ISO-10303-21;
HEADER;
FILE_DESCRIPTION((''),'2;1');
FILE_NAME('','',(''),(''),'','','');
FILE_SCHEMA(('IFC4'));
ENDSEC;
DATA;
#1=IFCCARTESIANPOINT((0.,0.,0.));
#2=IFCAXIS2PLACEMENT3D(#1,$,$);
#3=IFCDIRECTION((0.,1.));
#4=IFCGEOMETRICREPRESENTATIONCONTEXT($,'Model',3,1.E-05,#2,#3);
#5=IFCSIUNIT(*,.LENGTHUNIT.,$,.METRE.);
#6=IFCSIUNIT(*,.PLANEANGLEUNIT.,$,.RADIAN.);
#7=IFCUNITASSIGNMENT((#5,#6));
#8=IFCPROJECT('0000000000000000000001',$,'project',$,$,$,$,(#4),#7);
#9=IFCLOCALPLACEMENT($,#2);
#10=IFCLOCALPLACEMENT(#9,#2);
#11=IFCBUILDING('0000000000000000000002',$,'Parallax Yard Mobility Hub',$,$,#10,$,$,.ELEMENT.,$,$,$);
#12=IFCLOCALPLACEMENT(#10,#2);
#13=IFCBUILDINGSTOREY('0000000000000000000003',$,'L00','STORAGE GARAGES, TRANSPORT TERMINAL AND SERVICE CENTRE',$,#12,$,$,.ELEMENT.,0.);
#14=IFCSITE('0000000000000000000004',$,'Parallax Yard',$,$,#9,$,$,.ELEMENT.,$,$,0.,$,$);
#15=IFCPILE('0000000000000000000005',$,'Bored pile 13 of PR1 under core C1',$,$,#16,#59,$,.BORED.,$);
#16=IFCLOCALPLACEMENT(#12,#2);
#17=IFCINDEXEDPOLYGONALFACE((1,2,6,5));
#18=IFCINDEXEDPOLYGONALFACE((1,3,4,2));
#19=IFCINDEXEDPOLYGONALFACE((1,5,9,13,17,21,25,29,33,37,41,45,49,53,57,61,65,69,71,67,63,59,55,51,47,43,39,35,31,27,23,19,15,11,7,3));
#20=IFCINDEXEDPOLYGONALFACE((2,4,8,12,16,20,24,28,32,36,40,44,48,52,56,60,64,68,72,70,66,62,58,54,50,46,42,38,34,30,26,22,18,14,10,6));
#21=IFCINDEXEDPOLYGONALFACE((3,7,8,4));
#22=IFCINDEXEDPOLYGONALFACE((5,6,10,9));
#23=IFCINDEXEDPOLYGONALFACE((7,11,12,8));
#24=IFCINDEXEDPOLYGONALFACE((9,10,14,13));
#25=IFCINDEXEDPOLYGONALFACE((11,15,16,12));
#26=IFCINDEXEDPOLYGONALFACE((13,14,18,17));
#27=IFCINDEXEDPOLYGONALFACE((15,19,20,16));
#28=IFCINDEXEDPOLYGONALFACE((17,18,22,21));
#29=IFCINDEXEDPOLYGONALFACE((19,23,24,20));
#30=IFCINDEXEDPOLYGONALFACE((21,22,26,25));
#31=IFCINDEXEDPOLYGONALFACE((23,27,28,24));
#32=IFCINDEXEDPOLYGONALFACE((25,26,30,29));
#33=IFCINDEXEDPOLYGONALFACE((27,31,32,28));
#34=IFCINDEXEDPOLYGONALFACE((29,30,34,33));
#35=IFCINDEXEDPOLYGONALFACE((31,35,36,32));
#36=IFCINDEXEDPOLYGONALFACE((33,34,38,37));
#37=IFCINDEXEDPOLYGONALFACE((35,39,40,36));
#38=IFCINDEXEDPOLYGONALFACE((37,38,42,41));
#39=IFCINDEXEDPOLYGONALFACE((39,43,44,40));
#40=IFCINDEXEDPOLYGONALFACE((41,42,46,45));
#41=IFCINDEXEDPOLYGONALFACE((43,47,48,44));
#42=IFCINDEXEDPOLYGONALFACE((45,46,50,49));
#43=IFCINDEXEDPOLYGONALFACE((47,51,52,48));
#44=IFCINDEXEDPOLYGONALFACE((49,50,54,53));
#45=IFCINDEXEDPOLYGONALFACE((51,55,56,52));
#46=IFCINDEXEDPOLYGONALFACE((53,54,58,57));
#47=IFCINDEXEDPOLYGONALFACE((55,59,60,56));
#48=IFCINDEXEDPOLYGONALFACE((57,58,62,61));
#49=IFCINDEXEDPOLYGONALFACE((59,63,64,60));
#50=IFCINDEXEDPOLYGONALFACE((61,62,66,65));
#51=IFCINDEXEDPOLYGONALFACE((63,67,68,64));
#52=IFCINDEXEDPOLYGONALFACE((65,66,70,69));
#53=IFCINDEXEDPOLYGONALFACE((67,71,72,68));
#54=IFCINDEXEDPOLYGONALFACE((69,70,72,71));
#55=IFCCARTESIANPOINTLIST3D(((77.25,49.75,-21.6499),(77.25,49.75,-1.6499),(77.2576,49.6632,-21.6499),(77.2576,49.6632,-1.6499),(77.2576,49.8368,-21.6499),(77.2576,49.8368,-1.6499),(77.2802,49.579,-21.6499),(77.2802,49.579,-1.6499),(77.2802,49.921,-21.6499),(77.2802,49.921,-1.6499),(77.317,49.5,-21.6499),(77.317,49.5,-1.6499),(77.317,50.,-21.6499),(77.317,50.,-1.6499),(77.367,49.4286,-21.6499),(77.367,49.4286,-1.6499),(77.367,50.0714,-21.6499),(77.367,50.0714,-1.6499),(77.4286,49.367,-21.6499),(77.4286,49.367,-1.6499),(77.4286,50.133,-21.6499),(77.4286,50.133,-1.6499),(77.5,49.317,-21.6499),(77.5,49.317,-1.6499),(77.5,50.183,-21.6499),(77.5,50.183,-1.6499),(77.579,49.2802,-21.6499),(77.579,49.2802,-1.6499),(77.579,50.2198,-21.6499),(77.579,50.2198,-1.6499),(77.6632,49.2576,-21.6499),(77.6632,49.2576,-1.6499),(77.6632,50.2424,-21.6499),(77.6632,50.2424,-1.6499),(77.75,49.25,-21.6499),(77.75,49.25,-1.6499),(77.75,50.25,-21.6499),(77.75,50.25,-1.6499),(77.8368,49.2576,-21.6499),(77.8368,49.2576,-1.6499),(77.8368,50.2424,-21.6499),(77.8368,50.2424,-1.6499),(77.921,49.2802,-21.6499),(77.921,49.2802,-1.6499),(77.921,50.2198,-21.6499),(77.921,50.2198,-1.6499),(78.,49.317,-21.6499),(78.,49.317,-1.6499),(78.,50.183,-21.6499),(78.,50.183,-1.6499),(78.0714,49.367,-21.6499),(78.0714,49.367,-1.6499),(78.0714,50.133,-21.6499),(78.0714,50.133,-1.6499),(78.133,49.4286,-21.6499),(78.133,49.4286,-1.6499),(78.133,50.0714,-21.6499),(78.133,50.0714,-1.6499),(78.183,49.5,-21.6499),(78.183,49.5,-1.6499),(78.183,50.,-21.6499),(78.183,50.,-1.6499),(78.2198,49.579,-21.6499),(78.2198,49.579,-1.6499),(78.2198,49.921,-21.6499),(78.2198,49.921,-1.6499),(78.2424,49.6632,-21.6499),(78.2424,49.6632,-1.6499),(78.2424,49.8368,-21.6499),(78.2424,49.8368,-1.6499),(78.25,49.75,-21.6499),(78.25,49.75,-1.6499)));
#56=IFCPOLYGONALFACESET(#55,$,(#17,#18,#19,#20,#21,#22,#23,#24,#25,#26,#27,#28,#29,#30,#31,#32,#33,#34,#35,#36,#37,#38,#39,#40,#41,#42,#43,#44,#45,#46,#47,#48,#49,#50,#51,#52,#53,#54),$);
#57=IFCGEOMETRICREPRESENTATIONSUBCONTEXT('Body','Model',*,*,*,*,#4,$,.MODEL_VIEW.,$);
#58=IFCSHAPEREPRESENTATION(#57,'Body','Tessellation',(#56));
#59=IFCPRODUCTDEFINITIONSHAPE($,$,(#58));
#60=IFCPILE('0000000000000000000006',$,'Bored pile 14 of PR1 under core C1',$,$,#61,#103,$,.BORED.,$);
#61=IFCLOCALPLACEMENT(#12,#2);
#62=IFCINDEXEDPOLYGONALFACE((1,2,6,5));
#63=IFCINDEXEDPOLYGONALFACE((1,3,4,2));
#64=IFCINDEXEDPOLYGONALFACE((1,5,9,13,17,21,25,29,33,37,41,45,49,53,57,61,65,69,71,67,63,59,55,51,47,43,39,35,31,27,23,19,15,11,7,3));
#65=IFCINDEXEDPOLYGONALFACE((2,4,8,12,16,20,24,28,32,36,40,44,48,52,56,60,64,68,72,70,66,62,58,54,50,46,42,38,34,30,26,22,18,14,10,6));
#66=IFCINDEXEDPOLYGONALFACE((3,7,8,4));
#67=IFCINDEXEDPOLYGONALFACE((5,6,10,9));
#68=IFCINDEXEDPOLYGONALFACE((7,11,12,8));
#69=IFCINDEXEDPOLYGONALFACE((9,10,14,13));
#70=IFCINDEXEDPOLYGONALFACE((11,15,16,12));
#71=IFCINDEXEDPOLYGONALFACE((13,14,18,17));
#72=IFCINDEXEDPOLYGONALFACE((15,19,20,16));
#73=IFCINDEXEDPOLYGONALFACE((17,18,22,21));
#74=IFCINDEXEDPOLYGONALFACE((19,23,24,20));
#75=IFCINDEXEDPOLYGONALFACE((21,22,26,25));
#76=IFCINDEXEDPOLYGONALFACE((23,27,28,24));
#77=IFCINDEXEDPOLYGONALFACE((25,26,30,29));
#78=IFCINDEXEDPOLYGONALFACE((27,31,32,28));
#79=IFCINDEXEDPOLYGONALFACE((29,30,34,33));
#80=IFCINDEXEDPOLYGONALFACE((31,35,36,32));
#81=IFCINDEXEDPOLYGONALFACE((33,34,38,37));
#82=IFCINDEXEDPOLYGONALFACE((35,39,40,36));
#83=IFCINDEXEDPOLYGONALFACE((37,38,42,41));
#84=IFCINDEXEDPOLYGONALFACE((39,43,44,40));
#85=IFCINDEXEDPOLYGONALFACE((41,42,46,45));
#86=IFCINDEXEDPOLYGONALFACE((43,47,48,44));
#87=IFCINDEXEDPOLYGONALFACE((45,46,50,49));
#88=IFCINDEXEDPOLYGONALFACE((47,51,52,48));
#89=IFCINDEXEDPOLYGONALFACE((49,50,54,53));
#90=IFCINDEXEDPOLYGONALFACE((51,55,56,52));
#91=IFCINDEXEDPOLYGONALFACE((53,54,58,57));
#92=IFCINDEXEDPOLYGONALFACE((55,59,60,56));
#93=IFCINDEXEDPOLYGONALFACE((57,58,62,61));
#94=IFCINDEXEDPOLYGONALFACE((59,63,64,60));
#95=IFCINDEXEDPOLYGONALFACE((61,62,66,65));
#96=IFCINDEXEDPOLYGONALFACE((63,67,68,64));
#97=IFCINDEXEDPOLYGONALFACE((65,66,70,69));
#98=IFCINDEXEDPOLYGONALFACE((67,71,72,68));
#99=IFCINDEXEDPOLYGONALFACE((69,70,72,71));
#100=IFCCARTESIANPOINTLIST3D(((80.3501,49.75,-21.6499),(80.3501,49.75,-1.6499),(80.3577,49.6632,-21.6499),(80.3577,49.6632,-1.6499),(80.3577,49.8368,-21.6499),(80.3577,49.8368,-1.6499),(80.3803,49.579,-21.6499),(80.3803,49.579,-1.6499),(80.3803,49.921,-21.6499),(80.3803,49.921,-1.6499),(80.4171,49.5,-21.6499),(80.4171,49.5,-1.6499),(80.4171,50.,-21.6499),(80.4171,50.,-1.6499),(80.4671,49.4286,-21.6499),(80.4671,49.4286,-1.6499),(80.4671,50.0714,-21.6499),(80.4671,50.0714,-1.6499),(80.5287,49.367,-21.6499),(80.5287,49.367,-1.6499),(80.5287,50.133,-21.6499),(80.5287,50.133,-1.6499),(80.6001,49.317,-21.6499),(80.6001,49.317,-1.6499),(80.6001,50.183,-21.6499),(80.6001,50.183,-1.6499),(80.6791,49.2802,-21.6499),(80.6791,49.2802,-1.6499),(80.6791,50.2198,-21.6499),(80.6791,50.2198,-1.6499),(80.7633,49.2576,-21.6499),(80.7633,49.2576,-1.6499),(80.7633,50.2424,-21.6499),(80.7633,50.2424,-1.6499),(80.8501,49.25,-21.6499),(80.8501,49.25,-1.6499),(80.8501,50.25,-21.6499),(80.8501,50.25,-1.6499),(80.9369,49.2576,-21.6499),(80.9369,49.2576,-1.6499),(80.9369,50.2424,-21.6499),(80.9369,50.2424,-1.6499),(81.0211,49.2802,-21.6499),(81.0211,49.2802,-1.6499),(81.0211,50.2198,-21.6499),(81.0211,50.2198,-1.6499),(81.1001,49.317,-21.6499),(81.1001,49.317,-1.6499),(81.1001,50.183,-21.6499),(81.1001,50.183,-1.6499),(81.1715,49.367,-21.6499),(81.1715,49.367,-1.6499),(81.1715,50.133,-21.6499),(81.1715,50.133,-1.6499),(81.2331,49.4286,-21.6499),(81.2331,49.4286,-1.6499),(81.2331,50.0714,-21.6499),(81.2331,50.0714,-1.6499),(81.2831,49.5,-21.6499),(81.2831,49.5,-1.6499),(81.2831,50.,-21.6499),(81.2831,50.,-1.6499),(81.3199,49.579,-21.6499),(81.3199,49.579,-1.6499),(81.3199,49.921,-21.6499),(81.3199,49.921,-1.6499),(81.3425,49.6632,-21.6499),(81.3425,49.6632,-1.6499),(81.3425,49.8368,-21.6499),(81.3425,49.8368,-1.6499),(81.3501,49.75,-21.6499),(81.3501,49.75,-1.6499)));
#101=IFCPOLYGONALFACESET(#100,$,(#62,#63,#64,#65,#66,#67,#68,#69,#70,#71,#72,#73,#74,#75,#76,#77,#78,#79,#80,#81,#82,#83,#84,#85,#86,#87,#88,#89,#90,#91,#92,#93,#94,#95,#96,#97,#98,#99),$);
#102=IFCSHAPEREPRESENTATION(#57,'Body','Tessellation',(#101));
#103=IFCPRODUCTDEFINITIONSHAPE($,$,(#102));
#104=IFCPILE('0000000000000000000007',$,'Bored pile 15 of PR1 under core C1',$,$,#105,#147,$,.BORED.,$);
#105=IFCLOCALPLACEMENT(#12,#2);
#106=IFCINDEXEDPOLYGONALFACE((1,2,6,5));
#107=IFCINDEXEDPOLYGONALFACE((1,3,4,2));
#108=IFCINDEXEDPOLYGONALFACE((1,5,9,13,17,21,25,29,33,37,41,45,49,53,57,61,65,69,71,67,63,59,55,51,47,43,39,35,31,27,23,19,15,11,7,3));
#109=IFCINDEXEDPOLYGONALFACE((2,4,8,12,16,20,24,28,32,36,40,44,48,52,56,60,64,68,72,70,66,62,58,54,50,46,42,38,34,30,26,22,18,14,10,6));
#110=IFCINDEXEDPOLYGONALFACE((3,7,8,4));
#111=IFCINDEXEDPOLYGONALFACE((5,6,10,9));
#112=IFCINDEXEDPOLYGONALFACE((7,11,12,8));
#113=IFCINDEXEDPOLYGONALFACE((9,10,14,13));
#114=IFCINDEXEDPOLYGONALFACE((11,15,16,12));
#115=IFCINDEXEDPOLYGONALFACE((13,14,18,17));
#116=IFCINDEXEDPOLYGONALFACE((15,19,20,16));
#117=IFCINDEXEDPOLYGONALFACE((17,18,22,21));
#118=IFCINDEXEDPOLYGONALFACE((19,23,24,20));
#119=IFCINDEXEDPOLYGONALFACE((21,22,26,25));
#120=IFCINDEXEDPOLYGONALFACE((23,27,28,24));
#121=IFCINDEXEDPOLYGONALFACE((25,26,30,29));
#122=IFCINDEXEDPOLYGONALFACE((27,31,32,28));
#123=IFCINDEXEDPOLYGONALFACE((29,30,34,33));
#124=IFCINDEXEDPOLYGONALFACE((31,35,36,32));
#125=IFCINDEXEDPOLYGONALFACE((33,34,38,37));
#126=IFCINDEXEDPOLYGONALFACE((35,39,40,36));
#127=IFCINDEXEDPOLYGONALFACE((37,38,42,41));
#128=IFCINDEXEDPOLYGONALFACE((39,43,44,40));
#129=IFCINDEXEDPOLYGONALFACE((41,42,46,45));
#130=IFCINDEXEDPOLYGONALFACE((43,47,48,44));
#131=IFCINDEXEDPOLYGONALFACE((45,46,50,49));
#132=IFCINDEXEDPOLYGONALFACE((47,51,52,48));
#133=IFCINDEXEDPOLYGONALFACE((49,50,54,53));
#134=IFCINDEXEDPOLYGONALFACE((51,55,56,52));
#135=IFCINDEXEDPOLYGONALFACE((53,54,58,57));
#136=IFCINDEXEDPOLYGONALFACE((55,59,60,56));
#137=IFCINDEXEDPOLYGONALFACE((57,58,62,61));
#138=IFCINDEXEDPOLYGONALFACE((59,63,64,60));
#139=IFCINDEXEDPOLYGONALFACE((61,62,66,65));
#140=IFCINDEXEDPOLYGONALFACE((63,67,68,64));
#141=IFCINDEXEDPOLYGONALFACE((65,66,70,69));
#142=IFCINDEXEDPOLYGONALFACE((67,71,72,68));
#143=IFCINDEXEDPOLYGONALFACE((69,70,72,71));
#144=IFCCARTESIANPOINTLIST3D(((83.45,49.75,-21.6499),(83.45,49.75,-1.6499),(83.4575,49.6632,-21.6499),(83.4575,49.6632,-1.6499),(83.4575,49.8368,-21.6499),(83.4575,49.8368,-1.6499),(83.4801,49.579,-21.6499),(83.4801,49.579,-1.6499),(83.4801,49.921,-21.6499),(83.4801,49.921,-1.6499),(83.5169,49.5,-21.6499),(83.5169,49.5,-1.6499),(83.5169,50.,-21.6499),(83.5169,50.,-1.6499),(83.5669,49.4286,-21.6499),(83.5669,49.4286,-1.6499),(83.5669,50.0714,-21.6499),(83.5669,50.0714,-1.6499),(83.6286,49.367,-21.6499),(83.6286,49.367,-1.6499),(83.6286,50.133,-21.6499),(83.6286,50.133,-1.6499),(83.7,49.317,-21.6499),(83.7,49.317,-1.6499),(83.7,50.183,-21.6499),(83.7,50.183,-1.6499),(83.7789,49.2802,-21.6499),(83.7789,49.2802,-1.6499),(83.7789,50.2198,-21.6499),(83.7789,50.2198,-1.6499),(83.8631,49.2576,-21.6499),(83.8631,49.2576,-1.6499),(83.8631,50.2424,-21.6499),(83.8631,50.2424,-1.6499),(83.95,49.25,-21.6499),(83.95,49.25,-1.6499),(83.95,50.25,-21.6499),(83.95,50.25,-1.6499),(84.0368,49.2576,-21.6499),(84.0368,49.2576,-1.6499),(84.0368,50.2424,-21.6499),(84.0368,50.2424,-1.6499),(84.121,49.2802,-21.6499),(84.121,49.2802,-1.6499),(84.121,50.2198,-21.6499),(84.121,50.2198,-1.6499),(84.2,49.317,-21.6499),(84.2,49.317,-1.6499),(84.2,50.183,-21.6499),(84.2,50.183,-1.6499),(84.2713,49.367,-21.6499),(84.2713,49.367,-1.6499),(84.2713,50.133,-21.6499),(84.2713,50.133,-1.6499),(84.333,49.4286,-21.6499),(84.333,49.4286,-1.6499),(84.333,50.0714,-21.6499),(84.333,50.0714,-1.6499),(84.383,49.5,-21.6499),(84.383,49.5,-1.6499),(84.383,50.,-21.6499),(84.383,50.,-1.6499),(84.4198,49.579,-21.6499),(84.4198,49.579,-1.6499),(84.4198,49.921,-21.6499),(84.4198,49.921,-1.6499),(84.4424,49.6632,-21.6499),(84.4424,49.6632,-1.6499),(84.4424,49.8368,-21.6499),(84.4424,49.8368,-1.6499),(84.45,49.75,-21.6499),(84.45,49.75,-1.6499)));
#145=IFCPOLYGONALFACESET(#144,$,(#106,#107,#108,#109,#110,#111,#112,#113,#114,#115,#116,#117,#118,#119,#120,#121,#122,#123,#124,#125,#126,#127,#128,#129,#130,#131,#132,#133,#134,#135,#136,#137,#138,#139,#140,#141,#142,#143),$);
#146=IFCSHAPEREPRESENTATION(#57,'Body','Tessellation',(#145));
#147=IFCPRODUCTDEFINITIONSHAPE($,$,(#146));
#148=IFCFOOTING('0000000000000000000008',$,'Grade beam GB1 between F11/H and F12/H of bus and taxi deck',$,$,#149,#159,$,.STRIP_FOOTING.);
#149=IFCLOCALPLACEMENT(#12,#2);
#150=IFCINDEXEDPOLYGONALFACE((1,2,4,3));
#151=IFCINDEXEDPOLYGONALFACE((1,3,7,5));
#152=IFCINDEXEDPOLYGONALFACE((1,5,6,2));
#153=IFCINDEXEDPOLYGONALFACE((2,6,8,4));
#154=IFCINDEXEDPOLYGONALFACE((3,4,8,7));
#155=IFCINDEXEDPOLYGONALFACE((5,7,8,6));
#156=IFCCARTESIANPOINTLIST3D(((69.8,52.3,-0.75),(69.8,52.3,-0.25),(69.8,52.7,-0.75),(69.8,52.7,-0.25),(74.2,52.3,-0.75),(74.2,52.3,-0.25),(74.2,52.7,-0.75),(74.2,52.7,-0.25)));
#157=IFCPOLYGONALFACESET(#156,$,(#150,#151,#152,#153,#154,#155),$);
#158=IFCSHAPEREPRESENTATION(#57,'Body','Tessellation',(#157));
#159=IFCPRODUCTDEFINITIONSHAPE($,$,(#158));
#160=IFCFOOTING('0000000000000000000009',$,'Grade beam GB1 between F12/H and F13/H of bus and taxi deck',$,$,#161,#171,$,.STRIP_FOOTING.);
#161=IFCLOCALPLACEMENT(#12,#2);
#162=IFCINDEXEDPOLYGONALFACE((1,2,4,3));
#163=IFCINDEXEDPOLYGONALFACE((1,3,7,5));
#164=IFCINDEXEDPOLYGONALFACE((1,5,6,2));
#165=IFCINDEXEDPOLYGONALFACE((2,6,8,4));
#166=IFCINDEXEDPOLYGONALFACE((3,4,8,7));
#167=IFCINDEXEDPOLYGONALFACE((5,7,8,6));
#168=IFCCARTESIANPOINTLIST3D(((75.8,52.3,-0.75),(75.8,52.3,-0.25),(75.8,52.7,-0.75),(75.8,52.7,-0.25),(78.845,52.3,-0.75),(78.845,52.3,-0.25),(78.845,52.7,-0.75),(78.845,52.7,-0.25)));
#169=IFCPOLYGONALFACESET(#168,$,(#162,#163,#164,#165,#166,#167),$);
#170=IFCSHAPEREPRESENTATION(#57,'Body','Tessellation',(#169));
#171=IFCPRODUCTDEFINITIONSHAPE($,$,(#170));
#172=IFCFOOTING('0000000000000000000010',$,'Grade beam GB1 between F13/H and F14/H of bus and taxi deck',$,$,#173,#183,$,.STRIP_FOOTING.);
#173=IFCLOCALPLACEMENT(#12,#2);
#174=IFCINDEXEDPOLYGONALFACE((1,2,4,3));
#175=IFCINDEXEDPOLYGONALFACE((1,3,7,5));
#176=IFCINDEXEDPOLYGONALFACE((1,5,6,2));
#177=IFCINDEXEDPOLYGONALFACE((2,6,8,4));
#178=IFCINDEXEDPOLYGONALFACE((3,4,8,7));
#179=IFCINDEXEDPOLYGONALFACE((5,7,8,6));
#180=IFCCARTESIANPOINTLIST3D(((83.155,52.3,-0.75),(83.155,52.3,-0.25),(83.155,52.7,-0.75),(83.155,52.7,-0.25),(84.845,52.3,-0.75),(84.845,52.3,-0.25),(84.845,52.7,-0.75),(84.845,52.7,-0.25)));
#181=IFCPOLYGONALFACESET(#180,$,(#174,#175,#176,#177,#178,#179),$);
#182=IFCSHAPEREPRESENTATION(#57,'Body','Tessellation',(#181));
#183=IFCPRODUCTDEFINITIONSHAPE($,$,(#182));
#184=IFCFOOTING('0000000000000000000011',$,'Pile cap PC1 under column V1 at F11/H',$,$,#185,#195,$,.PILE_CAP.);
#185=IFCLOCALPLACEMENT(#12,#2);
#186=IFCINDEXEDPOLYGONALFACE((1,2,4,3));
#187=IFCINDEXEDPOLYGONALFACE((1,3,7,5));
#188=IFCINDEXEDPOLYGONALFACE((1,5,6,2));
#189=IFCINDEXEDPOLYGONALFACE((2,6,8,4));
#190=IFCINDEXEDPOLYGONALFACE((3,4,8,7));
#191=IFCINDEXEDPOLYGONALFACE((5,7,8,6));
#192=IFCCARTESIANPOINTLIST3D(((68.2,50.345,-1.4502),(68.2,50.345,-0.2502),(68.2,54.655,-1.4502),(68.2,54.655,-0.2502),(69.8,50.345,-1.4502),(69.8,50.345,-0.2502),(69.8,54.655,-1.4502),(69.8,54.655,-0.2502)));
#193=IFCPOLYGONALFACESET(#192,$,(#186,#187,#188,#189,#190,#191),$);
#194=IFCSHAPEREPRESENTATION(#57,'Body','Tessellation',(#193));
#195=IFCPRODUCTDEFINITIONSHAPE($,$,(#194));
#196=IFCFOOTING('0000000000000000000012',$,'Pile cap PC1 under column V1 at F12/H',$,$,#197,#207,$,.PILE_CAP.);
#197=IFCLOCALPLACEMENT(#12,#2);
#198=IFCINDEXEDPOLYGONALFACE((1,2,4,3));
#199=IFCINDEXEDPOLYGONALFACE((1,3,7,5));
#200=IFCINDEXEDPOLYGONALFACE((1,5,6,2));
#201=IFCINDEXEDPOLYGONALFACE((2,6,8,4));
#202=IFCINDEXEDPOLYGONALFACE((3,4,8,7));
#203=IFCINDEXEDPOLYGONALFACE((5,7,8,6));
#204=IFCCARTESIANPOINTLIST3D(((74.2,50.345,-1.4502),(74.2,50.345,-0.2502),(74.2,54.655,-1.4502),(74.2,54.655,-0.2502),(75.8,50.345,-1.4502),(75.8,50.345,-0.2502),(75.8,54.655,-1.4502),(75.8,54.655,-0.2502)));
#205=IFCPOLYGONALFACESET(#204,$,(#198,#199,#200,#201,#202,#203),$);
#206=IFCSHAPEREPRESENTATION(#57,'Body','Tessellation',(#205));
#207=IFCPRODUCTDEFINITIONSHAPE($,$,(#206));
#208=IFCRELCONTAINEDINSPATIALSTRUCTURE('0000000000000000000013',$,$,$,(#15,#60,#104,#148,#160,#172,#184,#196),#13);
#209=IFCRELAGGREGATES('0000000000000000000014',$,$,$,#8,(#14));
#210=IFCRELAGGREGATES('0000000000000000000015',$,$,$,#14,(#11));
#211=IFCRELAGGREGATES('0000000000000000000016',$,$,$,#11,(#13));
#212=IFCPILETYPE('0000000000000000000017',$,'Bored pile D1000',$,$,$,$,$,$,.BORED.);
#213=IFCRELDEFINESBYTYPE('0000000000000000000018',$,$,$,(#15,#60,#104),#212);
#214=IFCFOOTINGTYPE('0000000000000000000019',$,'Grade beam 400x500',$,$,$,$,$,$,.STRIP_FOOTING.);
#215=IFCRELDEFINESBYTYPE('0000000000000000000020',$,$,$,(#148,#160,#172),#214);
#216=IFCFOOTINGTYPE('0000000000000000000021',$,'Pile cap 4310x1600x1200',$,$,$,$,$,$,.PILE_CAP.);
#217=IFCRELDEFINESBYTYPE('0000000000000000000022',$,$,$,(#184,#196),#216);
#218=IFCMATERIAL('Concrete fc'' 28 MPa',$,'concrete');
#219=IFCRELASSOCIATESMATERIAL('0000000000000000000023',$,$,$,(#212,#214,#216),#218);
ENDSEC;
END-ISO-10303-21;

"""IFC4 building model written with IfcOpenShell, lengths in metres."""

from ifc_helpers import new_model, si_unit, direction, frame, origin, origin_2d, place, context, subcontext, project, spatial, rectangle, circle, extrude, material, material_profile, profile_set, type_object, element, save


model = new_model("IFC4")

# Units and contexts
model_context = context("Model", 3, precision=1e-05, world=origin(), true_north=direction((0.0, 1.0)))
body_context = subcontext(model_context, "Body", "Model", "MODEL_VIEW")
ifc_project = project(units=[si_unit("LENGTHUNIT", "METRE"), si_unit("PLANEANGLEUNIT", "RADIAN")], contexts=[model_context])

# Site, building, storey
site_placement = place(None, origin())
site = spatial("IfcSite", under=ifc_project, at=site_placement, Name="Parallax Yard", CompositionType="ELEMENT", RefElevation=0.0)
building_placement = place(site_placement, origin())
building = spatial("IfcBuilding", under=site, at=building_placement, Name="Parallax Yard Mobility Hub", CompositionType="ELEMENT")
storey_placement = place(building_placement, origin())
storey = spatial("IfcBuildingStorey", under=building, at=storey_placement, Name="L00", Description="STORAGE GARAGES, TRANSPORT TERMINAL AND SERVICE CENTRE", CompositionType="ELEMENT", Elevation=0.0)

# Piles
ifc_material_1 = material(Name="Concrete fc' 28 MPa", Category="concrete")
ifc_material_profile_1 = material_profile(ifc_material_1, circle(Radius=0.5, at=origin_2d()), Name="Bored pile D1000")
ifc_profile_set_1 = profile_set([ifc_material_profile_1], Name="Concrete fc' 28 MPa")
pile_type = type_object("IfcPileType", Name="Bored pile D1000", PredefinedType="BORED", material=ifc_profile_set_1)
for number, where, z_axis, x_axis, name in (
    (1, (77.75, 49.75, -1.6499), (0.0, 0.0, -1.0), (1.0, 0.0, 0.0), "Bored pile 13 of PR1 under core C1"),
    (2, (80.8501, 49.75, -1.6499), (0.0, 0.0, -1.0), (1.0, 0.0, 0.0), "Bored pile 14 of PR1 under core C1"),
    (3, (83.95, 49.75, -1.6499), (0.0, 0.0, -1.0), (1.0, 0.0, 0.0), "Bored pile 15 of PR1 under core C1"),
):
    element("IfcPile", number, at=place(storey_placement, frame(where, z_axis=z_axis, x_axis=x_axis)), inside=storey, type_object=pile_type, Name=name, PredefinedType="BORED", context=body_context, shape_type="SweptSolid", body=[
        extrude(circle(Radius=0.5, at=origin_2d()), origin(), (0.0, 0.0, 1.0), 20.0),
    ])

# Footings
ifc_material_profile_2 = material_profile(ifc_material_1, rectangle(XDim=0.3999, YDim=0.5, at=origin_2d()), Name="Grade beam 400x500")
ifc_profile_set_2 = profile_set([ifc_material_profile_2], Name="Concrete fc' 28 MPa")
footing_type_1 = type_object("IfcFootingType", Name="Grade beam 400x500", PredefinedType="STRIP_FOOTING", material=ifc_profile_set_2)
footing_1_placement = place(storey_placement, frame((69.8, 52.5, -0.5), z_axis=(1.0, 0.0, 0.0), x_axis=(0.0, 1.0, 0.0)))
element("IfcFooting", 4, at=footing_1_placement, inside=storey, type_object=footing_type_1, Name="Grade beam GB1 between F11/H and F12/H of bus and taxi deck", PredefinedType="STRIP_FOOTING", context=body_context, shape_type="SweptSolid", body=[
    extrude(rectangle(XDim=0.3999, YDim=0.5, at=origin_2d()), origin(), (0.0, 0.0, 1.0), 4.3999),
])
footing_2_placement = place(storey_placement, frame((75.8, 52.5, -0.5), z_axis=(1.0, 0.0, 0.0), x_axis=(0.0, 1.0, 0.0)))
element("IfcFooting", 5, at=footing_2_placement, inside=storey, type_object=footing_type_1, Name="Grade beam GB1 between F12/H and F13/H of bus and taxi deck", PredefinedType="STRIP_FOOTING", context=body_context, shape_type="SweptSolid", body=[
    extrude(rectangle(XDim=0.3999, YDim=0.5, at=origin_2d()), origin(), (0.0, 0.0, 1.0), 3.0449),
])
footing_3_placement = place(storey_placement, frame((83.155, 52.5, -0.5), z_axis=(1.0, 0.0, 0.0), x_axis=(0.0, 1.0, 0.0)))
element("IfcFooting", 6, at=footing_3_placement, inside=storey, type_object=footing_type_1, Name="Grade beam GB1 between F13/H and F14/H of bus and taxi deck", PredefinedType="STRIP_FOOTING", context=body_context, shape_type="SweptSolid", body=[
    extrude(rectangle(XDim=0.3999, YDim=0.5, at=origin_2d()), origin(), (0.0, 0.0, 1.0), 1.6899),
])
footing_type_2 = type_object("IfcFootingType", Name="Pile cap 4310x1600x1200", PredefinedType="PILE_CAP", material=ifc_material_1)
for number, where, z_axis, x_axis, name in (
    (7, (69.0, 52.5, -1.4502), (0.0, 0.0, 1.0), (0.0, 1.0, 0.0), "Pile cap PC1 under column V1 at F11/H"),
    (8, (75.0, 52.5, -1.4502), (0.0, 0.0, 1.0), (0.0, 1.0, 0.0), "Pile cap PC1 under column V1 at F12/H"),
):
    element("IfcFooting", number, at=place(storey_placement, frame(where, z_axis=z_axis, x_axis=x_axis)), inside=storey, type_object=footing_type_2, Name=name, PredefinedType="PILE_CAP", context=body_context, shape_type="SweptSolid", body=[
        extrude(rectangle(XDim=4.3101, YDim=1.6001, at=origin_2d()), origin(), (0.0, 0.0, 1.0), 1.2),
    ])

save(model, "model.ifc")
